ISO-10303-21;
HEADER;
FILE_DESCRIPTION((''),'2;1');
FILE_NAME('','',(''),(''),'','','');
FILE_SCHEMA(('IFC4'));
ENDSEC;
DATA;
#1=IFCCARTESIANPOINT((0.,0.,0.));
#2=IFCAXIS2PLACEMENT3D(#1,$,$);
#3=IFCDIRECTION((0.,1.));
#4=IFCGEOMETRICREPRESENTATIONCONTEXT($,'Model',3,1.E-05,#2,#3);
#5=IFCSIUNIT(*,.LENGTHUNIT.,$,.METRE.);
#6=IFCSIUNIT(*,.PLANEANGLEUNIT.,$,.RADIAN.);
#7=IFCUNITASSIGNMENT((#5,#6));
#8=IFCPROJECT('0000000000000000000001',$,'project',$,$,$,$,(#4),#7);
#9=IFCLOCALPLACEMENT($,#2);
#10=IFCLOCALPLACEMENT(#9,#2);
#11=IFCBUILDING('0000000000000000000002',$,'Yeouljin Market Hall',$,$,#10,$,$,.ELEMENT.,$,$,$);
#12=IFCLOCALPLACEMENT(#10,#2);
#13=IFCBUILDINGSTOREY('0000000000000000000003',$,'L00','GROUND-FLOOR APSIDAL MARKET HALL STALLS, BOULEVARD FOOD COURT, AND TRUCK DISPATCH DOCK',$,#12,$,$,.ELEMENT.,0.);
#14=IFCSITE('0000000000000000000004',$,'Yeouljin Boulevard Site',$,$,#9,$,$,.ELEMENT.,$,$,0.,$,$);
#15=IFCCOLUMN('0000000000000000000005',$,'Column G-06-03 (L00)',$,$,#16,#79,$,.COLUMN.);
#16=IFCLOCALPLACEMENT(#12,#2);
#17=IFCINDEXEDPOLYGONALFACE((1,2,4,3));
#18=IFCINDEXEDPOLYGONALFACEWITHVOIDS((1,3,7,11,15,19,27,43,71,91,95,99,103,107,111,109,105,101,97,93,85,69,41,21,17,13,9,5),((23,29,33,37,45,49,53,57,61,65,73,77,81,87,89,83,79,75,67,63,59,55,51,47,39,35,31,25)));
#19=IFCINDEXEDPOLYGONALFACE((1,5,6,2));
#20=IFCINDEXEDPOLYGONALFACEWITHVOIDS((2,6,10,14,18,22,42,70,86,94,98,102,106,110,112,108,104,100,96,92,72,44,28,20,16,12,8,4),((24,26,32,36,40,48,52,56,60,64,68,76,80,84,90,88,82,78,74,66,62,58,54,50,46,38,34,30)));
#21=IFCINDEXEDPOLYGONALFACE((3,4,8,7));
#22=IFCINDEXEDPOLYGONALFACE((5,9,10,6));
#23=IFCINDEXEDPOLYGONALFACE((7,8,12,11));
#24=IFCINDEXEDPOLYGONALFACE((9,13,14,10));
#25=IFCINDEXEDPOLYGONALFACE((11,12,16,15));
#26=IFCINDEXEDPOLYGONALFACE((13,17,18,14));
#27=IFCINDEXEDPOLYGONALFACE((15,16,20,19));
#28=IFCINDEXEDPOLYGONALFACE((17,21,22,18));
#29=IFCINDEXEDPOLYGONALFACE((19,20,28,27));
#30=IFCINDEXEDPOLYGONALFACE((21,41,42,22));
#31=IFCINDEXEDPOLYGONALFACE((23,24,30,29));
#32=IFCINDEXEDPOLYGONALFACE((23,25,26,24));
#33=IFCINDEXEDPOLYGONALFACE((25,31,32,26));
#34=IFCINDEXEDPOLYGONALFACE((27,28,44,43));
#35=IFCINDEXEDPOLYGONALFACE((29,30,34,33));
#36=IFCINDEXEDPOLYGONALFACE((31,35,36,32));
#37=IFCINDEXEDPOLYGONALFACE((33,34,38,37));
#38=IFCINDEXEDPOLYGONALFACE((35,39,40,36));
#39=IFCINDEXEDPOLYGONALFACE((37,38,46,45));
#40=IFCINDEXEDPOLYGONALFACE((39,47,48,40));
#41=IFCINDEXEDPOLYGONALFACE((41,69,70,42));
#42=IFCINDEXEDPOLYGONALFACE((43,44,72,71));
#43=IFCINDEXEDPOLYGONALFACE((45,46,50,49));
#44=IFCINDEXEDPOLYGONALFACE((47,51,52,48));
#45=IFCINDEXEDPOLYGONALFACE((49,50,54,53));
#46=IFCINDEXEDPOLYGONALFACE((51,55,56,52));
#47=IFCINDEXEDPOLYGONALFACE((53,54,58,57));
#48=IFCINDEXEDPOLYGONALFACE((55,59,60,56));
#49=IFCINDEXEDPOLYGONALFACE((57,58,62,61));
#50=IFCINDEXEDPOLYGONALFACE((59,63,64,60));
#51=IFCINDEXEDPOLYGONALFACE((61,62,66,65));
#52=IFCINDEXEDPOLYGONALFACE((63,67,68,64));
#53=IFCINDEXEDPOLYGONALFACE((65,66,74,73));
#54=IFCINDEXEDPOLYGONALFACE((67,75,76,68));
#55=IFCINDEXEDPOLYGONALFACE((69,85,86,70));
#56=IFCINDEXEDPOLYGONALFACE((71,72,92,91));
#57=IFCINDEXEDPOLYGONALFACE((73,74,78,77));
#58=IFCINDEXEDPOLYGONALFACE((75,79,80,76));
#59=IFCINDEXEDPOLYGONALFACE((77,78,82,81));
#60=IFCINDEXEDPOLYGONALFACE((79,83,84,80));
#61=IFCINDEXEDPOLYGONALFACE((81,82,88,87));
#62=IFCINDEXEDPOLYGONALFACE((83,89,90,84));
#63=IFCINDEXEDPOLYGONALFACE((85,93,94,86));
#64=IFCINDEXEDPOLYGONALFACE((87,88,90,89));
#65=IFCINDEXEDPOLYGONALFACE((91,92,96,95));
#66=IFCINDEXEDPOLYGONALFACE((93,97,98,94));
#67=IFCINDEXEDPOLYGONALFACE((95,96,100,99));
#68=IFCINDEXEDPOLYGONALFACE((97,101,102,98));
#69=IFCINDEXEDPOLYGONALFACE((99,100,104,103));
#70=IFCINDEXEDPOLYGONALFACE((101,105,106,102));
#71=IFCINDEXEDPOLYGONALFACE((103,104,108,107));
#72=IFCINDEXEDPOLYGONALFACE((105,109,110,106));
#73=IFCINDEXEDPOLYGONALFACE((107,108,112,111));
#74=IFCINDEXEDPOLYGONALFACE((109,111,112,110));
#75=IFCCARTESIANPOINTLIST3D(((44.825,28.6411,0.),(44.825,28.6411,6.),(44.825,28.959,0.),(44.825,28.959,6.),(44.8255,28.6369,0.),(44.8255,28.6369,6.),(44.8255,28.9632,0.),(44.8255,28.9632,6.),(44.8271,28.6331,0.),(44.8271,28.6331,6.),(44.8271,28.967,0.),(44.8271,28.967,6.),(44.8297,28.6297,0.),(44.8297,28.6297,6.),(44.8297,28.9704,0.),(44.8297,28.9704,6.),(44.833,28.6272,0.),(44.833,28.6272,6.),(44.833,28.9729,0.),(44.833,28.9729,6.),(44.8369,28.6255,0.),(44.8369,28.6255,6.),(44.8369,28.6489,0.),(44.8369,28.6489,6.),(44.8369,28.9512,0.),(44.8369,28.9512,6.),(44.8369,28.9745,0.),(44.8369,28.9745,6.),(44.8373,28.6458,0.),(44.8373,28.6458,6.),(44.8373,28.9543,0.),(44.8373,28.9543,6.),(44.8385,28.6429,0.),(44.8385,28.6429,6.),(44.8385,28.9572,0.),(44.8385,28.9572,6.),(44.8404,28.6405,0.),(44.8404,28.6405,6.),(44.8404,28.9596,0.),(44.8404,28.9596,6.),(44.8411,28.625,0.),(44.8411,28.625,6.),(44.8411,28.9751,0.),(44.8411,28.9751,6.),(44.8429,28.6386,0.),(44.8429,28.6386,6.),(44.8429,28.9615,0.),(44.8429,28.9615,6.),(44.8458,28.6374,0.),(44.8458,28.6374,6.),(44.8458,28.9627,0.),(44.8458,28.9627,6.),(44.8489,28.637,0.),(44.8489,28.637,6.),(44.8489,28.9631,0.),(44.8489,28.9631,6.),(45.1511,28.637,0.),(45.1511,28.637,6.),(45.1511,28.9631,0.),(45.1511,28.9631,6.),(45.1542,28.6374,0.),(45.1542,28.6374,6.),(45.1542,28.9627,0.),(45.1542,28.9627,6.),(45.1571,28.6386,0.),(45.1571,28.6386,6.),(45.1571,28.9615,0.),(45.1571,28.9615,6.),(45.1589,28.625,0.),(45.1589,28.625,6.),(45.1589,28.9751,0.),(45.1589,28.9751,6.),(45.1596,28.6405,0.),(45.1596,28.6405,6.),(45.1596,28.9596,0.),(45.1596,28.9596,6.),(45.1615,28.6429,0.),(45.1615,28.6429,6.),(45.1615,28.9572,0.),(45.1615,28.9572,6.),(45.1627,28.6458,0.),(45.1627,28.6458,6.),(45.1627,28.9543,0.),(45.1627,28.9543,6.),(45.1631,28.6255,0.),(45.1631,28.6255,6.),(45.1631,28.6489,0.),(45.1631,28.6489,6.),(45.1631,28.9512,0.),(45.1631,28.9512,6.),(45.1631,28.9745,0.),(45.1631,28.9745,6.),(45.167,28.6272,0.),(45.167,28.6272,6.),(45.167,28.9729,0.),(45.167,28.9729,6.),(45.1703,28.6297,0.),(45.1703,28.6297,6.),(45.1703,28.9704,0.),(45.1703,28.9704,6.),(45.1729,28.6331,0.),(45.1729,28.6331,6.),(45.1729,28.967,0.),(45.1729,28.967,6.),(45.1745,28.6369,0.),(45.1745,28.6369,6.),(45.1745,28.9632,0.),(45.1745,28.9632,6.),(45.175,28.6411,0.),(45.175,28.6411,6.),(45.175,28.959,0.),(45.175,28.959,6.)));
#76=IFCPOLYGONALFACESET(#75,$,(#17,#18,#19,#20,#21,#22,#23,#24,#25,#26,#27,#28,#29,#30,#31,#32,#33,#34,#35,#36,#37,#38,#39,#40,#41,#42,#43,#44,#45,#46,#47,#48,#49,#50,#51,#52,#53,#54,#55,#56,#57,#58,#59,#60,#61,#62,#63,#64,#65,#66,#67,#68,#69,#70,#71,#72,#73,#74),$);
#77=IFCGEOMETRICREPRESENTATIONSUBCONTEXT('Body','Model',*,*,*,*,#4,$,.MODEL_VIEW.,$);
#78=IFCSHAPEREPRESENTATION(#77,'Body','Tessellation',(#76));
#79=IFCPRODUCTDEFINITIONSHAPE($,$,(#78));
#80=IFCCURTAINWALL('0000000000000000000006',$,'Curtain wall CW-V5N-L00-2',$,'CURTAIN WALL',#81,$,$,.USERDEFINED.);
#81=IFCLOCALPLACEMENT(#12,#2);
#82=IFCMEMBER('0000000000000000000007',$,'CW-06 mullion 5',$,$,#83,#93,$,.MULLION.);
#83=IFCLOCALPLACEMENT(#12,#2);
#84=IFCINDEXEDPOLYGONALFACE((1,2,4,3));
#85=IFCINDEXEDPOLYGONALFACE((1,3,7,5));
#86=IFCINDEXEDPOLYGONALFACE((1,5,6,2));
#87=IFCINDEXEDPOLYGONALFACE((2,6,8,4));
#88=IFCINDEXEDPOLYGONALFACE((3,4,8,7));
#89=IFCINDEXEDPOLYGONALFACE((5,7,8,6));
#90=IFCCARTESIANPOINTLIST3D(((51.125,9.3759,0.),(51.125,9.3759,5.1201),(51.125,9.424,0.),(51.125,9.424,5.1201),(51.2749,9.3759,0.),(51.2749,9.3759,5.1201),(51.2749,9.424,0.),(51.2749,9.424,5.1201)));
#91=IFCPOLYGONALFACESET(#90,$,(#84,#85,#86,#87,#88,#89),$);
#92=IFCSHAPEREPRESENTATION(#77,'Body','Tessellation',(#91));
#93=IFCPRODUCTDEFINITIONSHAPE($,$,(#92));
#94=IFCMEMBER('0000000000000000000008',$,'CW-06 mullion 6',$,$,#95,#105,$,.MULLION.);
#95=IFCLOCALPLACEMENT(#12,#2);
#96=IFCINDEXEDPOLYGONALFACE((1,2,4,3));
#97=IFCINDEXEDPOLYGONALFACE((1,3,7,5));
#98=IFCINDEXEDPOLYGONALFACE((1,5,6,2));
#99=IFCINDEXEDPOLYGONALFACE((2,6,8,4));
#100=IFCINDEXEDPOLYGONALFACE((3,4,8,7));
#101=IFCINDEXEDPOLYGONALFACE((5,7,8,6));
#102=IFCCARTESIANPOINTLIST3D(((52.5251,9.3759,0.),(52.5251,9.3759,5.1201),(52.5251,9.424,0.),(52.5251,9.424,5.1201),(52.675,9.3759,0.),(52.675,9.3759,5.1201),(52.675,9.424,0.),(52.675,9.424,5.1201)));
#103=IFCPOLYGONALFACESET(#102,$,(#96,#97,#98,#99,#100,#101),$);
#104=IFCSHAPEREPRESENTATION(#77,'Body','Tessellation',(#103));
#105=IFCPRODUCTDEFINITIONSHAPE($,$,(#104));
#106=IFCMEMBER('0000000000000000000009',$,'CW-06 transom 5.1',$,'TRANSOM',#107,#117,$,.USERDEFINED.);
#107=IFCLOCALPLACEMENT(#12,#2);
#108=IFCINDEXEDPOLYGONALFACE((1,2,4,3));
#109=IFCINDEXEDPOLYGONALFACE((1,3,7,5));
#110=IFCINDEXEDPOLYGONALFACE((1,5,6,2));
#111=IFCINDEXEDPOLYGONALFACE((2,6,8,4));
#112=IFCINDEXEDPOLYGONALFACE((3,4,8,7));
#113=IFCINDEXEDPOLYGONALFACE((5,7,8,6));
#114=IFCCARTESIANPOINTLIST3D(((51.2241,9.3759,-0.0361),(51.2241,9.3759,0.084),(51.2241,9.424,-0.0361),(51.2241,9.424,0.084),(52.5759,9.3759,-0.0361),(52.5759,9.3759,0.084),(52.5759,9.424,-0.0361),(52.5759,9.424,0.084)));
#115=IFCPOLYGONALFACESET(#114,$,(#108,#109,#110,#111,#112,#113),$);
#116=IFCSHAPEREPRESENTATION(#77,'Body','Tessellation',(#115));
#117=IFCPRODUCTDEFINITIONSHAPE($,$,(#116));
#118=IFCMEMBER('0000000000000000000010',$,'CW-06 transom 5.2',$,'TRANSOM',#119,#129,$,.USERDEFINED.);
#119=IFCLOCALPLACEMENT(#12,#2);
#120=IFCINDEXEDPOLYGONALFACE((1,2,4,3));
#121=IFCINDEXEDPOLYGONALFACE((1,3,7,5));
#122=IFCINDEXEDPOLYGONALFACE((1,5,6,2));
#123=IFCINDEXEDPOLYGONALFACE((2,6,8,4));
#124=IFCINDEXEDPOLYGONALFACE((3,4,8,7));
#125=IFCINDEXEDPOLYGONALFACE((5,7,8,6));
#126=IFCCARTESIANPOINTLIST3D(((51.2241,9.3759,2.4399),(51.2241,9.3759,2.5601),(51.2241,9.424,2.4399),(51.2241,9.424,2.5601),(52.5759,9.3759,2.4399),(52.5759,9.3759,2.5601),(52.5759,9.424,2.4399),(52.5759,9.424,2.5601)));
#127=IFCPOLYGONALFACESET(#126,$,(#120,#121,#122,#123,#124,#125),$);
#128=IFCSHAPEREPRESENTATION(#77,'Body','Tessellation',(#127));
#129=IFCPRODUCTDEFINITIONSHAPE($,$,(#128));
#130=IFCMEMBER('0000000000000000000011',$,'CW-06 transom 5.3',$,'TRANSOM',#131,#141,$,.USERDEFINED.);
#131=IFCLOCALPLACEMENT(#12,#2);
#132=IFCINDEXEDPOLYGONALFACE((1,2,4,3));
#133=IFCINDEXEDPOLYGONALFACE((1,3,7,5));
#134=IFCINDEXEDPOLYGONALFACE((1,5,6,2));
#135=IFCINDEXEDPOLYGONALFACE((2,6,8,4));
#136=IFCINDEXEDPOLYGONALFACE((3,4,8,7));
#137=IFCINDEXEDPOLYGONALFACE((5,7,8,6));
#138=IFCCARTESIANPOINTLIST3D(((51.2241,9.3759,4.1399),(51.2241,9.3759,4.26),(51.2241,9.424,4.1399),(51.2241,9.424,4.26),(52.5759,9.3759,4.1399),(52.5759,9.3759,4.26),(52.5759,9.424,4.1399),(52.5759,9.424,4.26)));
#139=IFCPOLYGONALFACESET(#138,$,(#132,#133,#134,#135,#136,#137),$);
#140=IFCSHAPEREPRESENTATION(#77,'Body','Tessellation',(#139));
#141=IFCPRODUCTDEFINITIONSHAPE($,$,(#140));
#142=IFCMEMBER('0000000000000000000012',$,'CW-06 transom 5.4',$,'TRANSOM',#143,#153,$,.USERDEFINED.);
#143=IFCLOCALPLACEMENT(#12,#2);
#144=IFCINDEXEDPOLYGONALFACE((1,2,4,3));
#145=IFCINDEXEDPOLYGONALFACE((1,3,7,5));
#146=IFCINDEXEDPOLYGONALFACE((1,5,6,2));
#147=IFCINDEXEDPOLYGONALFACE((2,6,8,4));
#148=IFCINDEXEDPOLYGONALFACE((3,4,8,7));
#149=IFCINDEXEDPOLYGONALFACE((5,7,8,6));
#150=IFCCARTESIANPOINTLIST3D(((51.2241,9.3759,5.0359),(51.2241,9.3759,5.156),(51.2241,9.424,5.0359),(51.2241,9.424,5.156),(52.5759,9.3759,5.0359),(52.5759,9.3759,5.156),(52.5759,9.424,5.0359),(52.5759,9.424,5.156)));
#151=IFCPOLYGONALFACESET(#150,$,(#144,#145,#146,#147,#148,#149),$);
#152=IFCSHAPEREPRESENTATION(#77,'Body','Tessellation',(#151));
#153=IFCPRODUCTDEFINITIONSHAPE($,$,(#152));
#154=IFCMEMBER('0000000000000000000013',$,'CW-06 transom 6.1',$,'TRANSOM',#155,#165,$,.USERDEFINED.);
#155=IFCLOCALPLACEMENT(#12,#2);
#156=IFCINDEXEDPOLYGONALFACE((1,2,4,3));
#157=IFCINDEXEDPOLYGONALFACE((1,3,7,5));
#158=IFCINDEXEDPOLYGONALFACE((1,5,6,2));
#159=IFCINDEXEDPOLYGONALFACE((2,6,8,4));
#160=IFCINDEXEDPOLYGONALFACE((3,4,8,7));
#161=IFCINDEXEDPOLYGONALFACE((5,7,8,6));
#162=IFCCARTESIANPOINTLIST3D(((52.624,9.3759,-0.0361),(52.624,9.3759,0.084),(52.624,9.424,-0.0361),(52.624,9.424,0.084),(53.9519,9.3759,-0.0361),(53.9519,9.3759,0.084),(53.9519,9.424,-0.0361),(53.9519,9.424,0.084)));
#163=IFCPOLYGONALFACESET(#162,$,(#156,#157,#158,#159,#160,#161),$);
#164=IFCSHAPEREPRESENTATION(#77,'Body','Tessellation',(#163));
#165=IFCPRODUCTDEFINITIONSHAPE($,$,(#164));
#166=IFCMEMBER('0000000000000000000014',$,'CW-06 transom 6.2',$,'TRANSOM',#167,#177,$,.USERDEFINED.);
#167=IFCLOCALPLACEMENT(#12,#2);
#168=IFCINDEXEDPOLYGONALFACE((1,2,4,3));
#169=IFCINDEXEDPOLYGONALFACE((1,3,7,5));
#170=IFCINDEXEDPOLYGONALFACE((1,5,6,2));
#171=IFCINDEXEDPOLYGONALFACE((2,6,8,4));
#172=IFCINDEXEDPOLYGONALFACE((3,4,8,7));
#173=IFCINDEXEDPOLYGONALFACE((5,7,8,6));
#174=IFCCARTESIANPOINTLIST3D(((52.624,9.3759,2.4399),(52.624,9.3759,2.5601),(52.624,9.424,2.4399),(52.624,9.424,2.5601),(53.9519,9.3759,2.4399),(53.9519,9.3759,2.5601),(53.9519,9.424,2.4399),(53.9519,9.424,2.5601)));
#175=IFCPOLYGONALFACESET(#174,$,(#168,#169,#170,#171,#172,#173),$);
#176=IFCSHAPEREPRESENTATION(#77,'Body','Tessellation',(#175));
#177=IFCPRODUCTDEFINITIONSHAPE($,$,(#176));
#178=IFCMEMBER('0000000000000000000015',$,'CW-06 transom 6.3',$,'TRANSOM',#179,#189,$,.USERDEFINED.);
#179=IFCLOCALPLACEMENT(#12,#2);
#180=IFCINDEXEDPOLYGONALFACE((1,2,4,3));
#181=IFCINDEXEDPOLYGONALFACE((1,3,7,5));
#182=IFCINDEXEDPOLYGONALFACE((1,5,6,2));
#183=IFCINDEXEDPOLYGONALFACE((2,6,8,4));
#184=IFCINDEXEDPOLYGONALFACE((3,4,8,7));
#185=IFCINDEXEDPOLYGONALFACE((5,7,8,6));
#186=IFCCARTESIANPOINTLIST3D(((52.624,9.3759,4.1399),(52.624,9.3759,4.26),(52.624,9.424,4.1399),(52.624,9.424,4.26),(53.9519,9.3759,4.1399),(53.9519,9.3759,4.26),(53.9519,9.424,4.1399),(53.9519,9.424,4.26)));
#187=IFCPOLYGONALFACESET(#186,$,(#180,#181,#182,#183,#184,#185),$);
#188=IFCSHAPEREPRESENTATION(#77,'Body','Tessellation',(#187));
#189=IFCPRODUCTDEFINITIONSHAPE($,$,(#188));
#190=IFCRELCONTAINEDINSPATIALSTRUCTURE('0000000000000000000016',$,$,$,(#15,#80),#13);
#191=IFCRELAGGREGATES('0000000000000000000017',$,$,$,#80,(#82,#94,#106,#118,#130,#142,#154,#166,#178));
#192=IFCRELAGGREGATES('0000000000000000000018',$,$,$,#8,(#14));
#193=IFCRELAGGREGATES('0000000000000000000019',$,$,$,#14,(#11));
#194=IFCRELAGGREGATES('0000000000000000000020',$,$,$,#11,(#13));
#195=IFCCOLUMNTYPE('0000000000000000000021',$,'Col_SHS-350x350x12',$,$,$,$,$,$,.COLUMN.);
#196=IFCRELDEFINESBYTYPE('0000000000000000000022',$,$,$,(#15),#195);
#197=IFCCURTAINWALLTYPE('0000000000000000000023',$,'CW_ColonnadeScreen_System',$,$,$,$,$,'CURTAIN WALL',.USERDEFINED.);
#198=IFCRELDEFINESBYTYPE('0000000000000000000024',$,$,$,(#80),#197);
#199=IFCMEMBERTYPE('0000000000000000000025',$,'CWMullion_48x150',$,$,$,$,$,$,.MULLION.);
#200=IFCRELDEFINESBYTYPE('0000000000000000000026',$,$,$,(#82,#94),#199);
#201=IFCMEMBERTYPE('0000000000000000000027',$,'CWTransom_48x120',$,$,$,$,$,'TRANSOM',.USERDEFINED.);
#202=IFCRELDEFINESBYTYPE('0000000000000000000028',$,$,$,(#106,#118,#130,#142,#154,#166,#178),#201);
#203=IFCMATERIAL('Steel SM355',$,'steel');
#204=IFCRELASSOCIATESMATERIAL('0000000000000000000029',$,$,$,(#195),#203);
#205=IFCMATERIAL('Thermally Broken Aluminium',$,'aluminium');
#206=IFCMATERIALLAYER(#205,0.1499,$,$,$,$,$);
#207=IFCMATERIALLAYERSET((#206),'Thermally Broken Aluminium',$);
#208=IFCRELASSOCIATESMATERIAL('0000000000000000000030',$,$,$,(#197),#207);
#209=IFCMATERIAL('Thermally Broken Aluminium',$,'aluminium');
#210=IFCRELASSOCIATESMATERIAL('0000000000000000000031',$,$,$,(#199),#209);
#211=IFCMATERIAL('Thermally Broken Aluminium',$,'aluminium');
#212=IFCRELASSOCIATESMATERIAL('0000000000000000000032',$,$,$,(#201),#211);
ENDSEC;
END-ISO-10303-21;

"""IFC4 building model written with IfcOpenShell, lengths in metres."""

from ifc_helpers import new_model, si_unit, direction, frame, origin, origin_2d, place, context, subcontext, project, spatial, rectangle, hollow_rectangle, extrude, material, layer, layer_set, material_profile, profile_set, type_object, element, aggregate, save


model = new_model("IFC4")

# Units and contexts
model_context = context("Model", 3, precision=1e-05, world=origin(), true_north=direction((0.0, 1.0)))
body_context = subcontext(model_context, "Body", "Model", "MODEL_VIEW")
ifc_project = project(units=[si_unit("LENGTHUNIT", "METRE"), si_unit("PLANEANGLEUNIT", "RADIAN")], contexts=[model_context])

# Site, building, storey
site_placement = place(None, origin())
site = spatial("IfcSite", under=ifc_project, at=site_placement, Name="Yeouljin Boulevard Site", CompositionType="ELEMENT", RefElevation=0.0)
building_placement = place(site_placement, origin())
building = spatial("IfcBuilding", under=site, at=building_placement, Name="Yeouljin Market Hall", CompositionType="ELEMENT")
storey_placement = place(building_placement, origin())
storey = spatial("IfcBuildingStorey", under=building, at=storey_placement, Name="L00", Description="GROUND-FLOOR APSIDAL MARKET HALL STALLS, BOULEVARD FOOD COURT, AND TRUCK DISPATCH DOCK", CompositionType="ELEMENT", Elevation=0.0)

# Column
ifc_material_1 = material(Name="Steel SM355", Category="steel")
ifc_material_profile_1 = material_profile(ifc_material_1, hollow_rectangle(XDim=0.3501, YDim=0.3501, WallThickness=0.012, InnerFilletRadius=0.012, OuterFilletRadius=0.0161, at=origin_2d()), Name="SHS-350x350x12")
ifc_profile_set_1 = profile_set([ifc_material_profile_1], Name="Steel SM355")
column_type_1 = type_object("IfcColumnType", Name="Col_SHS-350x350x12", PredefinedType="COLUMN", material=ifc_profile_set_1)
for number, where, z_axis, x_axis, name in (
    (1, (45.0, 28.8, 0.0), (0.0, 0.0, 1.0), (1.0, 0.0, 0.0), "Column G-06-03 (L00)"),
):
    element("IfcColumn", number, at=place(storey_placement, frame(where, z_axis=z_axis, x_axis=x_axis)), inside=storey, type_object=column_type_1, Name=name, PredefinedType="COLUMN", context=body_context, shape_type="SweptSolid", body=[
        extrude(hollow_rectangle(XDim=0.3501, YDim=0.3501, WallThickness=0.012, InnerFilletRadius=0.012, OuterFilletRadius=0.0161, at=origin_2d()), origin(), (0.0, 0.0, 1.0), 6.0),
    ])

# Curtain wall, members
ifc_material_2 = material(Name="Thermally Broken Aluminium", Category="aluminium")
ifc_layer_1 = layer(ifc_material_2, 0.1499)
ifc_layer_set_1 = layer_set([ifc_layer_1], Name="Thermally Broken Aluminium")
curtain_wall_type_1 = type_object("IfcCurtainWallType", Name="CW_ColonnadeScreen_System", ElementType="CURTAIN WALL", PredefinedType="USERDEFINED", material=ifc_layer_set_1)
curtain_wall_1_placement = place(storey_placement, origin())
curtain_wall_1 = element("IfcCurtainWall", 2, at=curtain_wall_1_placement, inside=storey, type_object=curtain_wall_type_1, Name="Curtain wall CW-V5N-L00-2", ObjectType="CURTAIN WALL", PredefinedType="USERDEFINED")
ifc_material_3 = material(Name="Thermally Broken Aluminium", Category="aluminium")
ifc_material_profile_2 = material_profile(ifc_material_3, rectangle(XDim=0.0481, YDim=0.1499, at=origin_2d()), Name="CW-MULL-48x150")
ifc_profile_set_2 = profile_set([ifc_material_profile_2], Name="Thermally Broken Aluminium")
member_type_1 = type_object("IfcMemberType", Name="CWMullion_48x150", PredefinedType="MULLION", material=ifc_profile_set_2)
member_1_placement = place(storey_placement, frame((51.2, 9.3999, 0.0), z_axis=(0.0, 0.0, 1.0), x_axis=(0.0, 1.0, 0.0)))
member_1 = element("IfcMember", 3, at=member_1_placement, type_object=member_type_1, Name="CW-06 mullion 5", PredefinedType="MULLION", context=body_context, shape_type="SweptSolid", body=[
    extrude(rectangle(XDim=0.0481, YDim=0.1499, at=origin_2d()), origin(), (0.0, 0.0, 1.0), 5.1201),
])
member_2_placement = place(storey_placement, frame((52.6001, 9.3999, 0.0), z_axis=(0.0, 0.0, 1.0), x_axis=(0.0, 1.0, 0.0)))
member_2 = element("IfcMember", 4, at=member_2_placement, type_object=member_type_1, Name="CW-06 mullion 6", PredefinedType="MULLION", context=body_context, shape_type="SweptSolid", body=[
    extrude(rectangle(XDim=0.0481, YDim=0.1499, at=origin_2d()), origin(), (0.0, 0.0, 1.0), 5.1201),
])
ifc_material_4 = material(Name="Thermally Broken Aluminium", Category="aluminium")
ifc_material_profile_3 = material_profile(ifc_material_4, rectangle(XDim=0.0481, YDim=0.1201, at=origin_2d()), Name="CW-TRAN-48x120")
ifc_profile_set_3 = profile_set([ifc_material_profile_3], Name="Thermally Broken Aluminium")
member_type_2 = type_object("IfcMemberType", Name="CWTransom_48x120", ElementType="TRANSOM", PredefinedType="USERDEFINED", material=ifc_profile_set_3)
member_3_placement = place(storey_placement, frame((51.2241, 9.3999, 0.0239), z_axis=(1.0, 0.0, 0.0), x_axis=(0.0, 1.0, 0.0)))
member_3 = element("IfcMember", 5, at=member_3_placement, type_object=member_type_2, Name="CW-06 transom 5.1", ObjectType="TRANSOM", PredefinedType="USERDEFINED", context=body_context, shape_type="SweptSolid", body=[
    extrude(rectangle(XDim=0.0481, YDim=0.1201, at=origin_2d()), origin(), (0.0, 0.0, 1.0), 1.3518),
])
member_4_placement = place(storey_placement, frame((51.2241, 9.3999, 2.5), z_axis=(1.0, 0.0, 0.0), x_axis=(0.0, 1.0, 0.0)))
member_4 = element("IfcMember", 6, at=member_4_placement, type_object=member_type_2, Name="CW-06 transom 5.2", ObjectType="TRANSOM", PredefinedType="USERDEFINED", context=body_context, shape_type="SweptSolid", body=[
    extrude(rectangle(XDim=0.0481, YDim=0.1201, at=origin_2d()), origin(), (0.0, 0.0, 1.0), 1.3518),
])
member_5_placement = place(storey_placement, frame((51.2241, 9.3999, 4.2), z_axis=(1.0, 0.0, 0.0), x_axis=(0.0, 1.0, 0.0)))
member_5 = element("IfcMember", 7, at=member_5_placement, type_object=member_type_2, Name="CW-06 transom 5.3", ObjectType="TRANSOM", PredefinedType="USERDEFINED", context=body_context, shape_type="SweptSolid", body=[
    extrude(rectangle(XDim=0.0481, YDim=0.1201, at=origin_2d()), origin(), (0.0, 0.0, 1.0), 1.3518),
])
member_6_placement = place(storey_placement, frame((51.2241, 9.3999, 5.0959), z_axis=(1.0, 0.0, 0.0), x_axis=(0.0, 1.0, 0.0)))
member_6 = element("IfcMember", 8, at=member_6_placement, type_object=member_type_2, Name="CW-06 transom 5.4", ObjectType="TRANSOM", PredefinedType="USERDEFINED", context=body_context, shape_type="SweptSolid", body=[
    extrude(rectangle(XDim=0.0481, YDim=0.1201, at=origin_2d()), origin(), (0.0, 0.0, 1.0), 1.3518),
])
member_7_placement = place(storey_placement, frame((52.624, 9.3999, 0.0239), z_axis=(1.0, 0.0, 0.0), x_axis=(0.0, 1.0, 0.0)))
member_7 = element("IfcMember", 9, at=member_7_placement, type_object=member_type_2, Name="CW-06 transom 6.1", ObjectType="TRANSOM", PredefinedType="USERDEFINED", context=body_context, shape_type="SweptSolid", body=[
    extrude(rectangle(XDim=0.0481, YDim=0.1201, at=origin_2d()), origin(), (0.0, 0.0, 1.0), 1.3279),
])
member_8_placement = place(storey_placement, frame((52.624, 9.3999, 2.5), z_axis=(1.0, 0.0, 0.0), x_axis=(0.0, 1.0, 0.0)))
member_8 = element("IfcMember", 10, at=member_8_placement, type_object=member_type_2, Name="CW-06 transom 6.2", ObjectType="TRANSOM", PredefinedType="USERDEFINED", context=body_context, shape_type="SweptSolid", body=[
    extrude(rectangle(XDim=0.0481, YDim=0.1201, at=origin_2d()), origin(), (0.0, 0.0, 1.0), 1.3279),
])
member_9_placement = place(storey_placement, frame((52.624, 9.3999, 4.2), z_axis=(1.0, 0.0, 0.0), x_axis=(0.0, 1.0, 0.0)))
member_9 = element("IfcMember", 11, at=member_9_placement, type_object=member_type_2, Name="CW-06 transom 6.3", ObjectType="TRANSOM", PredefinedType="USERDEFINED", context=body_context, shape_type="SweptSolid", body=[
    extrude(rectangle(XDim=0.0481, YDim=0.1201, at=origin_2d()), origin(), (0.0, 0.0, 1.0), 1.3279),
])

aggregate(curtain_wall_1, [member_1, member_2, member_3, member_4, member_5, member_6, member_7, member_8, member_9])

save(model, "model.ifc")
